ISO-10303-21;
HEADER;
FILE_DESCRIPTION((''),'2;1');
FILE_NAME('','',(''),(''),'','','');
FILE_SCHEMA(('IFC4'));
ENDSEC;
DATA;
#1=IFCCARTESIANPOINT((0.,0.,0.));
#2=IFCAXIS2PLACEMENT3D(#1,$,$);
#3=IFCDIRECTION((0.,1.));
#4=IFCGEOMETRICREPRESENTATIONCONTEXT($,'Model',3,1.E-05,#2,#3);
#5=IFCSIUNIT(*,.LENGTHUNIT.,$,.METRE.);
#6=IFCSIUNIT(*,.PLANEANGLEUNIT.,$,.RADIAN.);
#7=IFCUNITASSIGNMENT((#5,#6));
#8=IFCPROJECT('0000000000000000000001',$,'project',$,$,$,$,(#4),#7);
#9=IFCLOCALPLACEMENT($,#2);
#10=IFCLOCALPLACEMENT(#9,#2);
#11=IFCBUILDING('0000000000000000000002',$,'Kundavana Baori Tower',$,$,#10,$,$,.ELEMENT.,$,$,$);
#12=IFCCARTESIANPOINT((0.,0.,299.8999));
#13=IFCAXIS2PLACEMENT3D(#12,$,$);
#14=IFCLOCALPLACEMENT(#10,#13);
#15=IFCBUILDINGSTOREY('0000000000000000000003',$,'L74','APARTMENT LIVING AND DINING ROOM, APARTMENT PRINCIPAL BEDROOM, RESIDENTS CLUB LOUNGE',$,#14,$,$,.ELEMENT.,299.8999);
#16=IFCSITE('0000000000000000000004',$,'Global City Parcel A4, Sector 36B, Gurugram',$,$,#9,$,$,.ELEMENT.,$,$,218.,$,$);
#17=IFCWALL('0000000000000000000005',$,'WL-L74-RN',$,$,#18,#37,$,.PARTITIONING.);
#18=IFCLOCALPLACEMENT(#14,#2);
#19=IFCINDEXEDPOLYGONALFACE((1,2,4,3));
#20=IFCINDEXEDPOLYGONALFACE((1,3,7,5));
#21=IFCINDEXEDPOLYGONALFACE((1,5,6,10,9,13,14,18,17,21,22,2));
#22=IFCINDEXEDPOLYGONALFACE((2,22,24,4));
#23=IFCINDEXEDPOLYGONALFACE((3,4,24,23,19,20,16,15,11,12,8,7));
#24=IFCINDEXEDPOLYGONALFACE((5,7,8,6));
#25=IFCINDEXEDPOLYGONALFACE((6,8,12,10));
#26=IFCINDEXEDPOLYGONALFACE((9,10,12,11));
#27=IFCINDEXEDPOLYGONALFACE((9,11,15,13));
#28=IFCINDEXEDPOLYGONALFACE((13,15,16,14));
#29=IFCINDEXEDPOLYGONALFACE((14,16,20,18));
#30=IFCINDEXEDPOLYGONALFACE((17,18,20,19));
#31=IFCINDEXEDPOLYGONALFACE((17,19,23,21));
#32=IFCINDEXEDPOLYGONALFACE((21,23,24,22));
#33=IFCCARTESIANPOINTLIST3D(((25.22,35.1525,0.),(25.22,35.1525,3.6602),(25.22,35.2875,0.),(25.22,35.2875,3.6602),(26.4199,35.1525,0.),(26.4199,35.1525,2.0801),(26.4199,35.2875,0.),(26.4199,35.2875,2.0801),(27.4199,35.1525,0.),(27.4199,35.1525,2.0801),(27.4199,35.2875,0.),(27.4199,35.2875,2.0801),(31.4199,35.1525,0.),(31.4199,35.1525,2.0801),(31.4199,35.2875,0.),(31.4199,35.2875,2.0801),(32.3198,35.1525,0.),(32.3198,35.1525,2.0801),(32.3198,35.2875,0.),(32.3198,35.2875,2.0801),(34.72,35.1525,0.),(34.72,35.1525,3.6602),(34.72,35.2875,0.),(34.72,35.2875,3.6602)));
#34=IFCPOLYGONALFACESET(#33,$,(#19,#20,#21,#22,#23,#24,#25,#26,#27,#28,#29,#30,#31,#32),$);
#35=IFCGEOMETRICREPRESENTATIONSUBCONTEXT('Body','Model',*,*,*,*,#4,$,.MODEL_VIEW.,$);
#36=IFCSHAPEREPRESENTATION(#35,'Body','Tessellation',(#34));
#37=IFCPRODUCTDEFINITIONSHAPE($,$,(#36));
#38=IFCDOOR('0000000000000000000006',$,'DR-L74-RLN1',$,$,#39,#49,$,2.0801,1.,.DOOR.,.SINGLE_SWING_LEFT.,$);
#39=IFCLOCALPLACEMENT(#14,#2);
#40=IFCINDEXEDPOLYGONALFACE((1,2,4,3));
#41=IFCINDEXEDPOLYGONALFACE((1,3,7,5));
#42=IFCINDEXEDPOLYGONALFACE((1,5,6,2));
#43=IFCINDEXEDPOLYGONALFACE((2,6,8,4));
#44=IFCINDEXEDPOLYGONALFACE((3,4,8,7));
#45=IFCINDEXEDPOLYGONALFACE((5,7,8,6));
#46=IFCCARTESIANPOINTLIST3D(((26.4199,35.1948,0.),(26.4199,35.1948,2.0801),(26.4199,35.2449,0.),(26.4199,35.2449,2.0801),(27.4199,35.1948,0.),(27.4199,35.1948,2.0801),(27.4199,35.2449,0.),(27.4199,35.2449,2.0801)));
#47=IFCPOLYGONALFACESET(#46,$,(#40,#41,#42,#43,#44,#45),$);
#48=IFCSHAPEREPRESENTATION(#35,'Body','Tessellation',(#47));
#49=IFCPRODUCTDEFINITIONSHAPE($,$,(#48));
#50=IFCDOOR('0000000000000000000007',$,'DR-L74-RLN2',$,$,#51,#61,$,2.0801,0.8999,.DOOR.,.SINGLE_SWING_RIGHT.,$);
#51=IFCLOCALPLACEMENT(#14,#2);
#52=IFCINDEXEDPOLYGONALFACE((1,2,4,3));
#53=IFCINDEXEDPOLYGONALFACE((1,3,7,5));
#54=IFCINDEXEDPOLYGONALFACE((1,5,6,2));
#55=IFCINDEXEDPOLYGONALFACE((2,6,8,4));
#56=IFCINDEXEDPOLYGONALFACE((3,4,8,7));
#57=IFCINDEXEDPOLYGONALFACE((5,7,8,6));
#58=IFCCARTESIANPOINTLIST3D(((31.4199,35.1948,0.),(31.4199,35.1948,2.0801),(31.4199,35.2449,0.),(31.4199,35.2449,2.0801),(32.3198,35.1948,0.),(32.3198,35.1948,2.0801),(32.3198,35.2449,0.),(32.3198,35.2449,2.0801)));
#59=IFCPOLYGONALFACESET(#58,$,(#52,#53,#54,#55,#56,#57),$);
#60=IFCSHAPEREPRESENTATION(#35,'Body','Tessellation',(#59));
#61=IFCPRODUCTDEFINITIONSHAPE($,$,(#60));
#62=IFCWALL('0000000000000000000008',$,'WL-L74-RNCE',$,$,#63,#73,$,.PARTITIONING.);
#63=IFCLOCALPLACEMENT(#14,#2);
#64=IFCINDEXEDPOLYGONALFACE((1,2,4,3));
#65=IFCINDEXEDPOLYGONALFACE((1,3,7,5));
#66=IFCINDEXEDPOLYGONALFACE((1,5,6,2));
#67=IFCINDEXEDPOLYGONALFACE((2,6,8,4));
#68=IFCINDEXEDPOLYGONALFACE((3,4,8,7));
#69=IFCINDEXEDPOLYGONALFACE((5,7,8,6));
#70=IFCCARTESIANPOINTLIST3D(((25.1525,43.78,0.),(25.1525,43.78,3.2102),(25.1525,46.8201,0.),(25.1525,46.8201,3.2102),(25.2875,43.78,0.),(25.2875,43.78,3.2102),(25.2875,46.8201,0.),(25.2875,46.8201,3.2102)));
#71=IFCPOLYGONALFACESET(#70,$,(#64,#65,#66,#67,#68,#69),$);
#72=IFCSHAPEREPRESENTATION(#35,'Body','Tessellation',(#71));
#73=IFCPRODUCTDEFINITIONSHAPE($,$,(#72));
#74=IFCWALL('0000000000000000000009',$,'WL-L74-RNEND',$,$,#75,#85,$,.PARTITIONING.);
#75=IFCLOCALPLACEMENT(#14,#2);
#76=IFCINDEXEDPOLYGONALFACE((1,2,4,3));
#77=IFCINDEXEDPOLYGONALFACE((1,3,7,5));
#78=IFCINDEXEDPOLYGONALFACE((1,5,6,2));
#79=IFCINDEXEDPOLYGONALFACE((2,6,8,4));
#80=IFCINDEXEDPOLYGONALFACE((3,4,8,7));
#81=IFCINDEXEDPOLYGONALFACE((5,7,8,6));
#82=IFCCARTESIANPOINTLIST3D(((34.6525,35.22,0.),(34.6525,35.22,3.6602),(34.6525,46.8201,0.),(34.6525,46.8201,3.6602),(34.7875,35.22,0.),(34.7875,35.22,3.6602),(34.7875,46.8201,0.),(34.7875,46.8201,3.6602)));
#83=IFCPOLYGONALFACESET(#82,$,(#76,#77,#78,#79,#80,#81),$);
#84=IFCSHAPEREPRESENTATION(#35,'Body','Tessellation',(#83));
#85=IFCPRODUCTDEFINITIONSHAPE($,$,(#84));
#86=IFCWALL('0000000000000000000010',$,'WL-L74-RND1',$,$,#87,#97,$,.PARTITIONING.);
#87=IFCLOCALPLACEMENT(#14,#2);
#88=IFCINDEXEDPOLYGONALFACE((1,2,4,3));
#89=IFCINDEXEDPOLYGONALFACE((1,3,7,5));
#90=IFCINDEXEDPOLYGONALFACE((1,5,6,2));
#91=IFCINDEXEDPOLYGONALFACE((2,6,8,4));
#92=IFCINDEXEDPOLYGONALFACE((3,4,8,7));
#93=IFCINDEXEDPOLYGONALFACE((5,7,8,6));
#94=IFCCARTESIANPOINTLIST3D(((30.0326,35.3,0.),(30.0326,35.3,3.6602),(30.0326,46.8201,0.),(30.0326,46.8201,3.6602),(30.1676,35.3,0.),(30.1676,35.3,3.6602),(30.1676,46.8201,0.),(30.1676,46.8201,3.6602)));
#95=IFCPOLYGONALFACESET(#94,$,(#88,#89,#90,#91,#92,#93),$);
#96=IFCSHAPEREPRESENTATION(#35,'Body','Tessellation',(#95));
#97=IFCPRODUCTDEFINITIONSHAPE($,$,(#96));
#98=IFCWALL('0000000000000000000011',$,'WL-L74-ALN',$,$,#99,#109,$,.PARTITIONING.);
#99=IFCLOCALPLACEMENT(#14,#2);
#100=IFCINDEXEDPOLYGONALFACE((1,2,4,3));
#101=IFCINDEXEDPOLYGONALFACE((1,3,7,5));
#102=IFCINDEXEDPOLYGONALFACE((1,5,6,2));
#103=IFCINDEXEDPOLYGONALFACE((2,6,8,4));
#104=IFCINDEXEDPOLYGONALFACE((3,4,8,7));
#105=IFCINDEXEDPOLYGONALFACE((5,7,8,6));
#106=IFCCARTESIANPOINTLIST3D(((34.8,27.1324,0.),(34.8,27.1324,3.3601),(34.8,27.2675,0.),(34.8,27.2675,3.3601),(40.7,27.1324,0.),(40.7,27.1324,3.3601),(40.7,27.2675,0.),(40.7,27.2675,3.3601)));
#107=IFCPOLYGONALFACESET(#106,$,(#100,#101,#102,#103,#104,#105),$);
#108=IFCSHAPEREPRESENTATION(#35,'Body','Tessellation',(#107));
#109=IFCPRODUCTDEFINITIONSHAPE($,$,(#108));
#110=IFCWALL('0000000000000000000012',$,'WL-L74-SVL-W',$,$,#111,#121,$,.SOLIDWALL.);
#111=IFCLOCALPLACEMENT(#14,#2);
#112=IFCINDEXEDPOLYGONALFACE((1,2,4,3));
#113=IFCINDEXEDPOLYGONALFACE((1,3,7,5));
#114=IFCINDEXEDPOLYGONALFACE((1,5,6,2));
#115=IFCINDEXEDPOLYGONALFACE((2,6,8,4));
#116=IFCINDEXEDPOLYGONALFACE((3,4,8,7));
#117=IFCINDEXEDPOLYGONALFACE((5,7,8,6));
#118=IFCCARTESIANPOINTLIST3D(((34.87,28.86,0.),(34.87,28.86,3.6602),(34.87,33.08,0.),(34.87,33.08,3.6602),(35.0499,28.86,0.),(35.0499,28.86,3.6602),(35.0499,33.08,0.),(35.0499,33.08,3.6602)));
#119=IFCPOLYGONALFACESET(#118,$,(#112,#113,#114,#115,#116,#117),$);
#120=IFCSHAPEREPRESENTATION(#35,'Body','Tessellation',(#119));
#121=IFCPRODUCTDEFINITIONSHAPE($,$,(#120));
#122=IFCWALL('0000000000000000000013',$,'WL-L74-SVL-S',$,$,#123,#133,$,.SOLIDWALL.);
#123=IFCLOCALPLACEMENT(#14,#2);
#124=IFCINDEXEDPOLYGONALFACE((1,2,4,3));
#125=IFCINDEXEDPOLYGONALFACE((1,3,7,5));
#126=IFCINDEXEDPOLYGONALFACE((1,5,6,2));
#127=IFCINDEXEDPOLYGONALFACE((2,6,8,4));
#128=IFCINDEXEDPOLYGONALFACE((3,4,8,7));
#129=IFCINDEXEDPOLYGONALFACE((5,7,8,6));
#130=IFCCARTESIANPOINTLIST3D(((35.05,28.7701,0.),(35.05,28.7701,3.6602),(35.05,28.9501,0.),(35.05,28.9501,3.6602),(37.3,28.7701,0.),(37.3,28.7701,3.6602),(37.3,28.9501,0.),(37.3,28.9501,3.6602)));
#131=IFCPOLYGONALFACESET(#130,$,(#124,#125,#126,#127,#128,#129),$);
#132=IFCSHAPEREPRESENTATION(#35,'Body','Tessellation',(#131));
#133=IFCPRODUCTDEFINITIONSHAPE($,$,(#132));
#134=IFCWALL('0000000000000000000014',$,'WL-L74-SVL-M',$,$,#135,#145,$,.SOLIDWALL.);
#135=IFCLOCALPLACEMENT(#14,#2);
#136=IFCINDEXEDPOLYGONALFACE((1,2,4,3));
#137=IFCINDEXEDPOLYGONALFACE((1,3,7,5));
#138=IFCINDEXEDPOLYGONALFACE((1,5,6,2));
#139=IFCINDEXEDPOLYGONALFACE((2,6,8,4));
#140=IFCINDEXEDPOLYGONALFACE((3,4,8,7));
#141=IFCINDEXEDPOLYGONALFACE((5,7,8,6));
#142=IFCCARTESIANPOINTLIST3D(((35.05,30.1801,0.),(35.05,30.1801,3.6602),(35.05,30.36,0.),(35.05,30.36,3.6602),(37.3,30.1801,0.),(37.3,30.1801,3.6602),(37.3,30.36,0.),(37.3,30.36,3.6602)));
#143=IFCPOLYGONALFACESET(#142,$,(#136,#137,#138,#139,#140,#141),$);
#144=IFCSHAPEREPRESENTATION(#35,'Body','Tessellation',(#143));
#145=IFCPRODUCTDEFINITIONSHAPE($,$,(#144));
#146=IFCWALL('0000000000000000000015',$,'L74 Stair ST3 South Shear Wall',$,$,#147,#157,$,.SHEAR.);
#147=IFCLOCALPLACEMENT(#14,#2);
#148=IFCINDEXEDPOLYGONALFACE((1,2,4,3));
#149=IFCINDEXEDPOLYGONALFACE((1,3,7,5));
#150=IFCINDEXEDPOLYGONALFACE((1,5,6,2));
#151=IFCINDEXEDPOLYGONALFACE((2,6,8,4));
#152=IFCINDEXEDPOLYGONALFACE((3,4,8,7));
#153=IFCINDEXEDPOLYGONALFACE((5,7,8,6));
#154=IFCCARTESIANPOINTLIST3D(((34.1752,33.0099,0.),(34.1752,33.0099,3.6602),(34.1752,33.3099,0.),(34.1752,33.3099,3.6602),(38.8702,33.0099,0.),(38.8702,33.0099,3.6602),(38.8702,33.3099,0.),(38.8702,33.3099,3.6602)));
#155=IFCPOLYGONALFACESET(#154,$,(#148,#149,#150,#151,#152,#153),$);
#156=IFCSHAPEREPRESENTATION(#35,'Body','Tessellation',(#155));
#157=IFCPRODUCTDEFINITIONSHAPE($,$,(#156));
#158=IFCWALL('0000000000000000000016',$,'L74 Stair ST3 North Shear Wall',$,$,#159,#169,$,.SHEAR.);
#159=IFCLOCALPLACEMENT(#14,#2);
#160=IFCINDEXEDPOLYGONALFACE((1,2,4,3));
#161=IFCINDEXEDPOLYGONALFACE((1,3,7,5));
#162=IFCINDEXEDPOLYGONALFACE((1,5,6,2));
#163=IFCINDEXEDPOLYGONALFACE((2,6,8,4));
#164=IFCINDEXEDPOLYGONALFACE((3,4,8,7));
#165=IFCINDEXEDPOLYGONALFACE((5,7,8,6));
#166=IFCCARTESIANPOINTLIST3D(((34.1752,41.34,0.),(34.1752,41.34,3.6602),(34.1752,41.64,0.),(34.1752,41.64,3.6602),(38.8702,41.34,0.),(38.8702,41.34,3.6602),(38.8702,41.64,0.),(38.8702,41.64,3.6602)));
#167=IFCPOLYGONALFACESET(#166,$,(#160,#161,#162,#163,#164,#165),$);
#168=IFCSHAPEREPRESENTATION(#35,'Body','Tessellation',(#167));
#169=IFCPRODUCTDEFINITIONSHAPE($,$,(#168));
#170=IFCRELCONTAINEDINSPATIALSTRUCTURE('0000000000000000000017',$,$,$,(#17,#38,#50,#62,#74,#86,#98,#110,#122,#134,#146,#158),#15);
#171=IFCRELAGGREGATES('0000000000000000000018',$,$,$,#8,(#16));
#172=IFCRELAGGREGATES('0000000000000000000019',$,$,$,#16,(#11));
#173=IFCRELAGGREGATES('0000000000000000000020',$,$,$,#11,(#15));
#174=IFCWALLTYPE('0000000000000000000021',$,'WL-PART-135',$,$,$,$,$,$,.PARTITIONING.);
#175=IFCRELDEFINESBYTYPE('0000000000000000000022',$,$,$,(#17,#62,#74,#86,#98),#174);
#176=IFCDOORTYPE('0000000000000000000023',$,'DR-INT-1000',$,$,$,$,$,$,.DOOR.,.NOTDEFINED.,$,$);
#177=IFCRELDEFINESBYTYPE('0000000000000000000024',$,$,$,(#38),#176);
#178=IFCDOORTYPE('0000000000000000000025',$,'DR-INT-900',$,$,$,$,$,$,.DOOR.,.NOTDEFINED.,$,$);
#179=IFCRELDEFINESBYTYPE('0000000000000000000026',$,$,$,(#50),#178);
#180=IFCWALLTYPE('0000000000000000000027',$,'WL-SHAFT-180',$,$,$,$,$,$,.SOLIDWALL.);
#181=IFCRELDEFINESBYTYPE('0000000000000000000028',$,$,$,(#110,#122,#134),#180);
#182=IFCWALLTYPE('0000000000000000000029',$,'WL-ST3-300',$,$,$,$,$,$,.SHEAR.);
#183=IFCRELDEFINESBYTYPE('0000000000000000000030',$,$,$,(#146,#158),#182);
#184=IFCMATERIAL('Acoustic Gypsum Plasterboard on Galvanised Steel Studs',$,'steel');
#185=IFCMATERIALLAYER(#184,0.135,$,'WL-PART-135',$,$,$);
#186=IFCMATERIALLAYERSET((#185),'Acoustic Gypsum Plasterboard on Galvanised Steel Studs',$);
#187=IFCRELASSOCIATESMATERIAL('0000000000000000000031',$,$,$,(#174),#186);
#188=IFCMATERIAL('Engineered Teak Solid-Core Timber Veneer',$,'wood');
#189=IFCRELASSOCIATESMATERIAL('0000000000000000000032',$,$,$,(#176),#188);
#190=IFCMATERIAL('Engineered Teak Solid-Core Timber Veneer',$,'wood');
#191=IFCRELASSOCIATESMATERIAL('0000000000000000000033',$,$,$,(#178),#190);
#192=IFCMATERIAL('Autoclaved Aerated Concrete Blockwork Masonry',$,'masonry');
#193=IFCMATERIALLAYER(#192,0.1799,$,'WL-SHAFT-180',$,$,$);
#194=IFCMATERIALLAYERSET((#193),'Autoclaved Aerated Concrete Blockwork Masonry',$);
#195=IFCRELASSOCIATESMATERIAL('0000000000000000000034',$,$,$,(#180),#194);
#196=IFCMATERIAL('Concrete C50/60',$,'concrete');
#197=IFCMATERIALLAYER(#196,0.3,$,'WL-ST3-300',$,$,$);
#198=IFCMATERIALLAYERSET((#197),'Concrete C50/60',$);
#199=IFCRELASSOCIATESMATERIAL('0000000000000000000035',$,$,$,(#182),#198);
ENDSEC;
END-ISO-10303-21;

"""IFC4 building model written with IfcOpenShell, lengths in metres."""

from ifc_helpers import new_model, si_unit, direction, frame, frame_2d, origin, place, context, subcontext, project, spatial, rectangle, extrude, material, layer, layer_set, type_object, element, fill, save


model = new_model("IFC4")

# Units and contexts
model_context = context("Model", 3, precision=1e-05, world=origin(), true_north=direction((0.0, 1.0)))
body_context = subcontext(model_context, "Body", "Model", "MODEL_VIEW")
ifc_project = project(units=[si_unit("LENGTHUNIT", "METRE"), si_unit("PLANEANGLEUNIT", "RADIAN")], contexts=[model_context])

# Site, building, storey
site_placement = place(None, origin())
site = spatial("IfcSite", under=ifc_project, at=site_placement, Name="Global City Parcel A4, Sector 36B, Gurugram", CompositionType="ELEMENT", RefElevation=218.0)
building_placement = place(site_placement, origin())
building = spatial("IfcBuilding", under=site, at=building_placement, Name="Kundavana Baori Tower", CompositionType="ELEMENT")
storey_placement = place(building_placement, frame((0.0, 0.0, 299.8999)))
storey = spatial("IfcBuildingStorey", under=building, at=storey_placement, Name="L74", Description="APARTMENT LIVING AND DINING ROOM, APARTMENT PRINCIPAL BEDROOM, RESIDENTS CLUB LOUNGE", CompositionType="ELEMENT", Elevation=299.8999)

# Wall, openings, doors
ifc_material_1 = material(Name="Acoustic Gypsum Plasterboard on Galvanised Steel Studs", Category="steel")
ifc_layer_1 = layer(ifc_material_1, 0.135, Name="WL-PART-135")
ifc_layer_set_1 = layer_set([ifc_layer_1], Name="Acoustic Gypsum Plasterboard on Galvanised Steel Studs")
wall_type_1 = type_object("IfcWallType", Name="WL-PART-135", PredefinedType="PARTITIONING", material=ifc_layer_set_1)
wall_1_placement = place(storey_placement, frame((25.22, 35.22, 0.0), z_axis=(0.0, 0.0, 1.0), x_axis=(1.0, 0.0, 0.0)))
wall_1 = element("IfcWall", 1, at=wall_1_placement, inside=storey, type_object=wall_type_1, Name="WL-L74-RN", PredefinedType="PARTITIONING", context=body_context, shape_type="SweptSolid", body=[
    extrude(rectangle(XDim=9.5, YDim=0.135, at=frame_2d((4.75, 0.0))), origin(), (0.0, 0.0, 1.0), 3.6602),
])
opening_1_placement = place(wall_1_placement, frame((1.2, 0.0, 0.0)))
opening_1 = element("IfcOpeningElement", 2, at=opening_1_placement, cuts=wall_1, PredefinedType="OPENING", context=body_context, shape_type="SweptSolid", body=[
    extrude(rectangle(XDim=1.0, YDim=2.0801, at=frame_2d((0.5, 1.04))), frame((0.0, 0.0776, 0.0), z_axis=(0.0, -1.0, 0.0), x_axis=(1.0, 0.0, 0.0)), (0.0, 0.0, 1.0), 0.155),
])
opening_2_placement = place(wall_1_placement, frame((6.2, 0.0, 0.0)))
opening_2 = element("IfcOpeningElement", 3, at=opening_2_placement, cuts=wall_1, PredefinedType="OPENING", context=body_context, shape_type="SweptSolid", body=[
    extrude(rectangle(XDim=0.8999, YDim=2.0801, at=frame_2d((0.45, 1.04))), frame((0.0, 0.0776, 0.0), z_axis=(0.0, -1.0, 0.0), x_axis=(1.0, 0.0, 0.0)), (0.0, 0.0, 1.0), 0.155),
])
ifc_material_2 = material(Name="Engineered Teak Solid-Core Timber Veneer", Category="wood")
door_type_1 = type_object("IfcDoorType", Name="DR-INT-1000", OperationType="NOTDEFINED", PredefinedType="DOOR", material=ifc_material_2)
door_1_placement = place(opening_1_placement, origin())
door_1 = element("IfcDoor", 4, at=door_1_placement, inside=storey, type_object=door_type_1, Name="DR-L74-RLN1", OperationType="SINGLE_SWING_LEFT", OverallHeight=2.0801, OverallWidth=1.0, PredefinedType="DOOR", context=body_context, shape_type="SweptSolid", body=[
    extrude(rectangle(XDim=1.0, YDim=2.0801, at=frame_2d((0.5, 1.04))), frame((0.0, 0.0249, 0.0), z_axis=(0.0, -1.0, 0.0), x_axis=(1.0, 0.0, 0.0)), (0.0, 0.0, 1.0), 0.05),
])
fill(opening_1, door_1)
ifc_material_3 = material(Name="Engineered Teak Solid-Core Timber Veneer", Category="wood")
door_type_2 = type_object("IfcDoorType", Name="DR-INT-900", OperationType="NOTDEFINED", PredefinedType="DOOR", material=ifc_material_3)
door_2_placement = place(opening_2_placement, origin())
door_2 = element("IfcDoor", 5, at=door_2_placement, inside=storey, type_object=door_type_2, Name="DR-L74-RLN2", OperationType="SINGLE_SWING_RIGHT", OverallHeight=2.0801, OverallWidth=0.8999, PredefinedType="DOOR", context=body_context, shape_type="SweptSolid", body=[
    extrude(rectangle(XDim=0.8999, YDim=2.0801, at=frame_2d((0.45, 1.04))), frame((0.0, 0.0249, 0.0), z_axis=(0.0, -1.0, 0.0), x_axis=(1.0, 0.0, 0.0)), (0.0, 0.0, 1.0), 0.05),
])
fill(opening_2, door_2)

# Walls
wall_2_placement = place(storey_placement, frame((25.22, 43.78, 0.0), z_axis=(0.0, 0.0, 1.0), x_axis=(0.0, 1.0, 0.0)))
element("IfcWall", 6, at=wall_2_placement, inside=storey, type_object=wall_type_1, Name="WL-L74-RNCE", PredefinedType="PARTITIONING", context=body_context, shape_type="SweptSolid", body=[
    extrude(rectangle(XDim=3.04, YDim=0.135, at=frame_2d((1.52, 0.0))), origin(), (0.0, 0.0, 1.0), 3.2102),
])
wall_3_placement = place(storey_placement, frame((34.72, 35.22, 0.0), z_axis=(0.0, 0.0, 1.0), x_axis=(0.0, 1.0, 0.0)))
element("IfcWall", 7, at=wall_3_placement, inside=storey, type_object=wall_type_1, Name="WL-L74-RNEND", PredefinedType="PARTITIONING", context=body_context, shape_type="SweptSolid", body=[
    extrude(rectangle(XDim=11.6001, YDim=0.135, at=frame_2d((5.8, 0.0))), origin(), (0.0, 0.0, 1.0), 3.6602),
])
wall_4_placement = place(storey_placement, frame((30.1001, 35.3, 0.0), z_axis=(0.0, 0.0, 1.0), x_axis=(0.0, 1.0, 0.0)))
element("IfcWall", 8, at=wall_4_placement, inside=storey, type_object=wall_type_1, Name="WL-L74-RND1", PredefinedType="PARTITIONING", context=body_context, shape_type="SweptSolid", body=[
    extrude(rectangle(XDim=11.52, YDim=0.135, at=frame_2d((5.76, 0.0))), origin(), (0.0, 0.0, 1.0), 3.6602),
])
wall_5_placement = place(storey_placement, frame((34.8, 27.2, 0.0), z_axis=(0.0, 0.0, 1.0), x_axis=(1.0, 0.0, 0.0)))
element("IfcWall", 9, at=wall_5_placement, inside=storey, type_object=wall_type_1, Name="WL-L74-ALN", PredefinedType="PARTITIONING", context=body_context, shape_type="SweptSolid", body=[
    extrude(rectangle(XDim=5.8999, YDim=0.135, at=frame_2d((2.95, 0.0))), origin(), (0.0, 0.0, 1.0), 3.3601),
])
ifc_material_4 = material(Name="Autoclaved Aerated Concrete Blockwork Masonry", Category="masonry")
ifc_layer_2 = layer(ifc_material_4, 0.1799, Name="WL-SHAFT-180")
ifc_layer_set_2 = layer_set([ifc_layer_2], Name="Autoclaved Aerated Concrete Blockwork Masonry")
wall_type_2 = type_object("IfcWallType", Name="WL-SHAFT-180", PredefinedType="SOLIDWALL", material=ifc_layer_set_2)
wall_6_placement = place(storey_placement, frame((34.96, 28.8601, 0.0), z_axis=(0.0, 0.0, 1.0), x_axis=(0.0, 1.0, 0.0)))
element("IfcWall", 10, at=wall_6_placement, inside=storey, type_object=wall_type_2, Name="WL-L74-SVL-W", PredefinedType="SOLIDWALL", context=body_context, shape_type="SweptSolid", body=[
    extrude(rectangle(XDim=4.22, YDim=0.1799, at=frame_2d((2.1099, 0.0))), origin(), (0.0, 0.0, 1.0), 3.6602),
])
for number, where, z_axis, x_axis, name in (
    (11, (35.05, 28.8601, 0.0), (0.0, 0.0, 1.0), (1.0, 0.0, 0.0), "WL-L74-SVL-S"),
    (12, (35.05, 30.27, 0.0), (0.0, 0.0, 1.0), (1.0, 0.0, 0.0), "WL-L74-SVL-M"),
):
    element("IfcWall", number, at=place(storey_placement, frame(where, z_axis=z_axis, x_axis=x_axis)), inside=storey, type_object=wall_type_2, Name=name, PredefinedType="SOLIDWALL", context=body_context, shape_type="SweptSolid", body=[
        extrude(rectangle(XDim=2.25, YDim=0.1799, at=frame_2d((1.125, 0.0))), origin(), (0.0, 0.0, 1.0), 3.6602),
    ])
ifc_material_5 = material(Name="Concrete C50/60", Category="concrete")
ifc_layer_3 = layer(ifc_material_5, 0.3, Name="WL-ST3-300")
ifc_layer_set_3 = layer_set([ifc_layer_3], Name="Concrete C50/60")
wall_type_3 = type_object("IfcWallType", Name="WL-ST3-300", PredefinedType="SHEAR", material=ifc_layer_set_3)
for number, where, z_axis, x_axis, name in (
    (13, (34.175, 33.1599, 0.0), (0.0, 0.0, 1.0), (1.0, 0.0, 0.0), "L74 Stair ST3 South Shear Wall"),
    (14, (34.175, 41.49, 0.0), (0.0, 0.0, 1.0), (1.0, 0.0, 0.0), "L74 Stair ST3 North Shear Wall"),
):
    element("IfcWall", number, at=place(storey_placement, frame(where, z_axis=z_axis, x_axis=x_axis)), inside=storey, type_object=wall_type_3, Name=name, PredefinedType="SHEAR", context=body_context, shape_type="SweptSolid", body=[
        extrude(rectangle(XDim=4.6951, YDim=0.3, at=frame_2d((2.3477, 0.0))), origin(), (0.0, 0.0, 1.0), 3.6602),
    ])

save(model, "model.ifc")
